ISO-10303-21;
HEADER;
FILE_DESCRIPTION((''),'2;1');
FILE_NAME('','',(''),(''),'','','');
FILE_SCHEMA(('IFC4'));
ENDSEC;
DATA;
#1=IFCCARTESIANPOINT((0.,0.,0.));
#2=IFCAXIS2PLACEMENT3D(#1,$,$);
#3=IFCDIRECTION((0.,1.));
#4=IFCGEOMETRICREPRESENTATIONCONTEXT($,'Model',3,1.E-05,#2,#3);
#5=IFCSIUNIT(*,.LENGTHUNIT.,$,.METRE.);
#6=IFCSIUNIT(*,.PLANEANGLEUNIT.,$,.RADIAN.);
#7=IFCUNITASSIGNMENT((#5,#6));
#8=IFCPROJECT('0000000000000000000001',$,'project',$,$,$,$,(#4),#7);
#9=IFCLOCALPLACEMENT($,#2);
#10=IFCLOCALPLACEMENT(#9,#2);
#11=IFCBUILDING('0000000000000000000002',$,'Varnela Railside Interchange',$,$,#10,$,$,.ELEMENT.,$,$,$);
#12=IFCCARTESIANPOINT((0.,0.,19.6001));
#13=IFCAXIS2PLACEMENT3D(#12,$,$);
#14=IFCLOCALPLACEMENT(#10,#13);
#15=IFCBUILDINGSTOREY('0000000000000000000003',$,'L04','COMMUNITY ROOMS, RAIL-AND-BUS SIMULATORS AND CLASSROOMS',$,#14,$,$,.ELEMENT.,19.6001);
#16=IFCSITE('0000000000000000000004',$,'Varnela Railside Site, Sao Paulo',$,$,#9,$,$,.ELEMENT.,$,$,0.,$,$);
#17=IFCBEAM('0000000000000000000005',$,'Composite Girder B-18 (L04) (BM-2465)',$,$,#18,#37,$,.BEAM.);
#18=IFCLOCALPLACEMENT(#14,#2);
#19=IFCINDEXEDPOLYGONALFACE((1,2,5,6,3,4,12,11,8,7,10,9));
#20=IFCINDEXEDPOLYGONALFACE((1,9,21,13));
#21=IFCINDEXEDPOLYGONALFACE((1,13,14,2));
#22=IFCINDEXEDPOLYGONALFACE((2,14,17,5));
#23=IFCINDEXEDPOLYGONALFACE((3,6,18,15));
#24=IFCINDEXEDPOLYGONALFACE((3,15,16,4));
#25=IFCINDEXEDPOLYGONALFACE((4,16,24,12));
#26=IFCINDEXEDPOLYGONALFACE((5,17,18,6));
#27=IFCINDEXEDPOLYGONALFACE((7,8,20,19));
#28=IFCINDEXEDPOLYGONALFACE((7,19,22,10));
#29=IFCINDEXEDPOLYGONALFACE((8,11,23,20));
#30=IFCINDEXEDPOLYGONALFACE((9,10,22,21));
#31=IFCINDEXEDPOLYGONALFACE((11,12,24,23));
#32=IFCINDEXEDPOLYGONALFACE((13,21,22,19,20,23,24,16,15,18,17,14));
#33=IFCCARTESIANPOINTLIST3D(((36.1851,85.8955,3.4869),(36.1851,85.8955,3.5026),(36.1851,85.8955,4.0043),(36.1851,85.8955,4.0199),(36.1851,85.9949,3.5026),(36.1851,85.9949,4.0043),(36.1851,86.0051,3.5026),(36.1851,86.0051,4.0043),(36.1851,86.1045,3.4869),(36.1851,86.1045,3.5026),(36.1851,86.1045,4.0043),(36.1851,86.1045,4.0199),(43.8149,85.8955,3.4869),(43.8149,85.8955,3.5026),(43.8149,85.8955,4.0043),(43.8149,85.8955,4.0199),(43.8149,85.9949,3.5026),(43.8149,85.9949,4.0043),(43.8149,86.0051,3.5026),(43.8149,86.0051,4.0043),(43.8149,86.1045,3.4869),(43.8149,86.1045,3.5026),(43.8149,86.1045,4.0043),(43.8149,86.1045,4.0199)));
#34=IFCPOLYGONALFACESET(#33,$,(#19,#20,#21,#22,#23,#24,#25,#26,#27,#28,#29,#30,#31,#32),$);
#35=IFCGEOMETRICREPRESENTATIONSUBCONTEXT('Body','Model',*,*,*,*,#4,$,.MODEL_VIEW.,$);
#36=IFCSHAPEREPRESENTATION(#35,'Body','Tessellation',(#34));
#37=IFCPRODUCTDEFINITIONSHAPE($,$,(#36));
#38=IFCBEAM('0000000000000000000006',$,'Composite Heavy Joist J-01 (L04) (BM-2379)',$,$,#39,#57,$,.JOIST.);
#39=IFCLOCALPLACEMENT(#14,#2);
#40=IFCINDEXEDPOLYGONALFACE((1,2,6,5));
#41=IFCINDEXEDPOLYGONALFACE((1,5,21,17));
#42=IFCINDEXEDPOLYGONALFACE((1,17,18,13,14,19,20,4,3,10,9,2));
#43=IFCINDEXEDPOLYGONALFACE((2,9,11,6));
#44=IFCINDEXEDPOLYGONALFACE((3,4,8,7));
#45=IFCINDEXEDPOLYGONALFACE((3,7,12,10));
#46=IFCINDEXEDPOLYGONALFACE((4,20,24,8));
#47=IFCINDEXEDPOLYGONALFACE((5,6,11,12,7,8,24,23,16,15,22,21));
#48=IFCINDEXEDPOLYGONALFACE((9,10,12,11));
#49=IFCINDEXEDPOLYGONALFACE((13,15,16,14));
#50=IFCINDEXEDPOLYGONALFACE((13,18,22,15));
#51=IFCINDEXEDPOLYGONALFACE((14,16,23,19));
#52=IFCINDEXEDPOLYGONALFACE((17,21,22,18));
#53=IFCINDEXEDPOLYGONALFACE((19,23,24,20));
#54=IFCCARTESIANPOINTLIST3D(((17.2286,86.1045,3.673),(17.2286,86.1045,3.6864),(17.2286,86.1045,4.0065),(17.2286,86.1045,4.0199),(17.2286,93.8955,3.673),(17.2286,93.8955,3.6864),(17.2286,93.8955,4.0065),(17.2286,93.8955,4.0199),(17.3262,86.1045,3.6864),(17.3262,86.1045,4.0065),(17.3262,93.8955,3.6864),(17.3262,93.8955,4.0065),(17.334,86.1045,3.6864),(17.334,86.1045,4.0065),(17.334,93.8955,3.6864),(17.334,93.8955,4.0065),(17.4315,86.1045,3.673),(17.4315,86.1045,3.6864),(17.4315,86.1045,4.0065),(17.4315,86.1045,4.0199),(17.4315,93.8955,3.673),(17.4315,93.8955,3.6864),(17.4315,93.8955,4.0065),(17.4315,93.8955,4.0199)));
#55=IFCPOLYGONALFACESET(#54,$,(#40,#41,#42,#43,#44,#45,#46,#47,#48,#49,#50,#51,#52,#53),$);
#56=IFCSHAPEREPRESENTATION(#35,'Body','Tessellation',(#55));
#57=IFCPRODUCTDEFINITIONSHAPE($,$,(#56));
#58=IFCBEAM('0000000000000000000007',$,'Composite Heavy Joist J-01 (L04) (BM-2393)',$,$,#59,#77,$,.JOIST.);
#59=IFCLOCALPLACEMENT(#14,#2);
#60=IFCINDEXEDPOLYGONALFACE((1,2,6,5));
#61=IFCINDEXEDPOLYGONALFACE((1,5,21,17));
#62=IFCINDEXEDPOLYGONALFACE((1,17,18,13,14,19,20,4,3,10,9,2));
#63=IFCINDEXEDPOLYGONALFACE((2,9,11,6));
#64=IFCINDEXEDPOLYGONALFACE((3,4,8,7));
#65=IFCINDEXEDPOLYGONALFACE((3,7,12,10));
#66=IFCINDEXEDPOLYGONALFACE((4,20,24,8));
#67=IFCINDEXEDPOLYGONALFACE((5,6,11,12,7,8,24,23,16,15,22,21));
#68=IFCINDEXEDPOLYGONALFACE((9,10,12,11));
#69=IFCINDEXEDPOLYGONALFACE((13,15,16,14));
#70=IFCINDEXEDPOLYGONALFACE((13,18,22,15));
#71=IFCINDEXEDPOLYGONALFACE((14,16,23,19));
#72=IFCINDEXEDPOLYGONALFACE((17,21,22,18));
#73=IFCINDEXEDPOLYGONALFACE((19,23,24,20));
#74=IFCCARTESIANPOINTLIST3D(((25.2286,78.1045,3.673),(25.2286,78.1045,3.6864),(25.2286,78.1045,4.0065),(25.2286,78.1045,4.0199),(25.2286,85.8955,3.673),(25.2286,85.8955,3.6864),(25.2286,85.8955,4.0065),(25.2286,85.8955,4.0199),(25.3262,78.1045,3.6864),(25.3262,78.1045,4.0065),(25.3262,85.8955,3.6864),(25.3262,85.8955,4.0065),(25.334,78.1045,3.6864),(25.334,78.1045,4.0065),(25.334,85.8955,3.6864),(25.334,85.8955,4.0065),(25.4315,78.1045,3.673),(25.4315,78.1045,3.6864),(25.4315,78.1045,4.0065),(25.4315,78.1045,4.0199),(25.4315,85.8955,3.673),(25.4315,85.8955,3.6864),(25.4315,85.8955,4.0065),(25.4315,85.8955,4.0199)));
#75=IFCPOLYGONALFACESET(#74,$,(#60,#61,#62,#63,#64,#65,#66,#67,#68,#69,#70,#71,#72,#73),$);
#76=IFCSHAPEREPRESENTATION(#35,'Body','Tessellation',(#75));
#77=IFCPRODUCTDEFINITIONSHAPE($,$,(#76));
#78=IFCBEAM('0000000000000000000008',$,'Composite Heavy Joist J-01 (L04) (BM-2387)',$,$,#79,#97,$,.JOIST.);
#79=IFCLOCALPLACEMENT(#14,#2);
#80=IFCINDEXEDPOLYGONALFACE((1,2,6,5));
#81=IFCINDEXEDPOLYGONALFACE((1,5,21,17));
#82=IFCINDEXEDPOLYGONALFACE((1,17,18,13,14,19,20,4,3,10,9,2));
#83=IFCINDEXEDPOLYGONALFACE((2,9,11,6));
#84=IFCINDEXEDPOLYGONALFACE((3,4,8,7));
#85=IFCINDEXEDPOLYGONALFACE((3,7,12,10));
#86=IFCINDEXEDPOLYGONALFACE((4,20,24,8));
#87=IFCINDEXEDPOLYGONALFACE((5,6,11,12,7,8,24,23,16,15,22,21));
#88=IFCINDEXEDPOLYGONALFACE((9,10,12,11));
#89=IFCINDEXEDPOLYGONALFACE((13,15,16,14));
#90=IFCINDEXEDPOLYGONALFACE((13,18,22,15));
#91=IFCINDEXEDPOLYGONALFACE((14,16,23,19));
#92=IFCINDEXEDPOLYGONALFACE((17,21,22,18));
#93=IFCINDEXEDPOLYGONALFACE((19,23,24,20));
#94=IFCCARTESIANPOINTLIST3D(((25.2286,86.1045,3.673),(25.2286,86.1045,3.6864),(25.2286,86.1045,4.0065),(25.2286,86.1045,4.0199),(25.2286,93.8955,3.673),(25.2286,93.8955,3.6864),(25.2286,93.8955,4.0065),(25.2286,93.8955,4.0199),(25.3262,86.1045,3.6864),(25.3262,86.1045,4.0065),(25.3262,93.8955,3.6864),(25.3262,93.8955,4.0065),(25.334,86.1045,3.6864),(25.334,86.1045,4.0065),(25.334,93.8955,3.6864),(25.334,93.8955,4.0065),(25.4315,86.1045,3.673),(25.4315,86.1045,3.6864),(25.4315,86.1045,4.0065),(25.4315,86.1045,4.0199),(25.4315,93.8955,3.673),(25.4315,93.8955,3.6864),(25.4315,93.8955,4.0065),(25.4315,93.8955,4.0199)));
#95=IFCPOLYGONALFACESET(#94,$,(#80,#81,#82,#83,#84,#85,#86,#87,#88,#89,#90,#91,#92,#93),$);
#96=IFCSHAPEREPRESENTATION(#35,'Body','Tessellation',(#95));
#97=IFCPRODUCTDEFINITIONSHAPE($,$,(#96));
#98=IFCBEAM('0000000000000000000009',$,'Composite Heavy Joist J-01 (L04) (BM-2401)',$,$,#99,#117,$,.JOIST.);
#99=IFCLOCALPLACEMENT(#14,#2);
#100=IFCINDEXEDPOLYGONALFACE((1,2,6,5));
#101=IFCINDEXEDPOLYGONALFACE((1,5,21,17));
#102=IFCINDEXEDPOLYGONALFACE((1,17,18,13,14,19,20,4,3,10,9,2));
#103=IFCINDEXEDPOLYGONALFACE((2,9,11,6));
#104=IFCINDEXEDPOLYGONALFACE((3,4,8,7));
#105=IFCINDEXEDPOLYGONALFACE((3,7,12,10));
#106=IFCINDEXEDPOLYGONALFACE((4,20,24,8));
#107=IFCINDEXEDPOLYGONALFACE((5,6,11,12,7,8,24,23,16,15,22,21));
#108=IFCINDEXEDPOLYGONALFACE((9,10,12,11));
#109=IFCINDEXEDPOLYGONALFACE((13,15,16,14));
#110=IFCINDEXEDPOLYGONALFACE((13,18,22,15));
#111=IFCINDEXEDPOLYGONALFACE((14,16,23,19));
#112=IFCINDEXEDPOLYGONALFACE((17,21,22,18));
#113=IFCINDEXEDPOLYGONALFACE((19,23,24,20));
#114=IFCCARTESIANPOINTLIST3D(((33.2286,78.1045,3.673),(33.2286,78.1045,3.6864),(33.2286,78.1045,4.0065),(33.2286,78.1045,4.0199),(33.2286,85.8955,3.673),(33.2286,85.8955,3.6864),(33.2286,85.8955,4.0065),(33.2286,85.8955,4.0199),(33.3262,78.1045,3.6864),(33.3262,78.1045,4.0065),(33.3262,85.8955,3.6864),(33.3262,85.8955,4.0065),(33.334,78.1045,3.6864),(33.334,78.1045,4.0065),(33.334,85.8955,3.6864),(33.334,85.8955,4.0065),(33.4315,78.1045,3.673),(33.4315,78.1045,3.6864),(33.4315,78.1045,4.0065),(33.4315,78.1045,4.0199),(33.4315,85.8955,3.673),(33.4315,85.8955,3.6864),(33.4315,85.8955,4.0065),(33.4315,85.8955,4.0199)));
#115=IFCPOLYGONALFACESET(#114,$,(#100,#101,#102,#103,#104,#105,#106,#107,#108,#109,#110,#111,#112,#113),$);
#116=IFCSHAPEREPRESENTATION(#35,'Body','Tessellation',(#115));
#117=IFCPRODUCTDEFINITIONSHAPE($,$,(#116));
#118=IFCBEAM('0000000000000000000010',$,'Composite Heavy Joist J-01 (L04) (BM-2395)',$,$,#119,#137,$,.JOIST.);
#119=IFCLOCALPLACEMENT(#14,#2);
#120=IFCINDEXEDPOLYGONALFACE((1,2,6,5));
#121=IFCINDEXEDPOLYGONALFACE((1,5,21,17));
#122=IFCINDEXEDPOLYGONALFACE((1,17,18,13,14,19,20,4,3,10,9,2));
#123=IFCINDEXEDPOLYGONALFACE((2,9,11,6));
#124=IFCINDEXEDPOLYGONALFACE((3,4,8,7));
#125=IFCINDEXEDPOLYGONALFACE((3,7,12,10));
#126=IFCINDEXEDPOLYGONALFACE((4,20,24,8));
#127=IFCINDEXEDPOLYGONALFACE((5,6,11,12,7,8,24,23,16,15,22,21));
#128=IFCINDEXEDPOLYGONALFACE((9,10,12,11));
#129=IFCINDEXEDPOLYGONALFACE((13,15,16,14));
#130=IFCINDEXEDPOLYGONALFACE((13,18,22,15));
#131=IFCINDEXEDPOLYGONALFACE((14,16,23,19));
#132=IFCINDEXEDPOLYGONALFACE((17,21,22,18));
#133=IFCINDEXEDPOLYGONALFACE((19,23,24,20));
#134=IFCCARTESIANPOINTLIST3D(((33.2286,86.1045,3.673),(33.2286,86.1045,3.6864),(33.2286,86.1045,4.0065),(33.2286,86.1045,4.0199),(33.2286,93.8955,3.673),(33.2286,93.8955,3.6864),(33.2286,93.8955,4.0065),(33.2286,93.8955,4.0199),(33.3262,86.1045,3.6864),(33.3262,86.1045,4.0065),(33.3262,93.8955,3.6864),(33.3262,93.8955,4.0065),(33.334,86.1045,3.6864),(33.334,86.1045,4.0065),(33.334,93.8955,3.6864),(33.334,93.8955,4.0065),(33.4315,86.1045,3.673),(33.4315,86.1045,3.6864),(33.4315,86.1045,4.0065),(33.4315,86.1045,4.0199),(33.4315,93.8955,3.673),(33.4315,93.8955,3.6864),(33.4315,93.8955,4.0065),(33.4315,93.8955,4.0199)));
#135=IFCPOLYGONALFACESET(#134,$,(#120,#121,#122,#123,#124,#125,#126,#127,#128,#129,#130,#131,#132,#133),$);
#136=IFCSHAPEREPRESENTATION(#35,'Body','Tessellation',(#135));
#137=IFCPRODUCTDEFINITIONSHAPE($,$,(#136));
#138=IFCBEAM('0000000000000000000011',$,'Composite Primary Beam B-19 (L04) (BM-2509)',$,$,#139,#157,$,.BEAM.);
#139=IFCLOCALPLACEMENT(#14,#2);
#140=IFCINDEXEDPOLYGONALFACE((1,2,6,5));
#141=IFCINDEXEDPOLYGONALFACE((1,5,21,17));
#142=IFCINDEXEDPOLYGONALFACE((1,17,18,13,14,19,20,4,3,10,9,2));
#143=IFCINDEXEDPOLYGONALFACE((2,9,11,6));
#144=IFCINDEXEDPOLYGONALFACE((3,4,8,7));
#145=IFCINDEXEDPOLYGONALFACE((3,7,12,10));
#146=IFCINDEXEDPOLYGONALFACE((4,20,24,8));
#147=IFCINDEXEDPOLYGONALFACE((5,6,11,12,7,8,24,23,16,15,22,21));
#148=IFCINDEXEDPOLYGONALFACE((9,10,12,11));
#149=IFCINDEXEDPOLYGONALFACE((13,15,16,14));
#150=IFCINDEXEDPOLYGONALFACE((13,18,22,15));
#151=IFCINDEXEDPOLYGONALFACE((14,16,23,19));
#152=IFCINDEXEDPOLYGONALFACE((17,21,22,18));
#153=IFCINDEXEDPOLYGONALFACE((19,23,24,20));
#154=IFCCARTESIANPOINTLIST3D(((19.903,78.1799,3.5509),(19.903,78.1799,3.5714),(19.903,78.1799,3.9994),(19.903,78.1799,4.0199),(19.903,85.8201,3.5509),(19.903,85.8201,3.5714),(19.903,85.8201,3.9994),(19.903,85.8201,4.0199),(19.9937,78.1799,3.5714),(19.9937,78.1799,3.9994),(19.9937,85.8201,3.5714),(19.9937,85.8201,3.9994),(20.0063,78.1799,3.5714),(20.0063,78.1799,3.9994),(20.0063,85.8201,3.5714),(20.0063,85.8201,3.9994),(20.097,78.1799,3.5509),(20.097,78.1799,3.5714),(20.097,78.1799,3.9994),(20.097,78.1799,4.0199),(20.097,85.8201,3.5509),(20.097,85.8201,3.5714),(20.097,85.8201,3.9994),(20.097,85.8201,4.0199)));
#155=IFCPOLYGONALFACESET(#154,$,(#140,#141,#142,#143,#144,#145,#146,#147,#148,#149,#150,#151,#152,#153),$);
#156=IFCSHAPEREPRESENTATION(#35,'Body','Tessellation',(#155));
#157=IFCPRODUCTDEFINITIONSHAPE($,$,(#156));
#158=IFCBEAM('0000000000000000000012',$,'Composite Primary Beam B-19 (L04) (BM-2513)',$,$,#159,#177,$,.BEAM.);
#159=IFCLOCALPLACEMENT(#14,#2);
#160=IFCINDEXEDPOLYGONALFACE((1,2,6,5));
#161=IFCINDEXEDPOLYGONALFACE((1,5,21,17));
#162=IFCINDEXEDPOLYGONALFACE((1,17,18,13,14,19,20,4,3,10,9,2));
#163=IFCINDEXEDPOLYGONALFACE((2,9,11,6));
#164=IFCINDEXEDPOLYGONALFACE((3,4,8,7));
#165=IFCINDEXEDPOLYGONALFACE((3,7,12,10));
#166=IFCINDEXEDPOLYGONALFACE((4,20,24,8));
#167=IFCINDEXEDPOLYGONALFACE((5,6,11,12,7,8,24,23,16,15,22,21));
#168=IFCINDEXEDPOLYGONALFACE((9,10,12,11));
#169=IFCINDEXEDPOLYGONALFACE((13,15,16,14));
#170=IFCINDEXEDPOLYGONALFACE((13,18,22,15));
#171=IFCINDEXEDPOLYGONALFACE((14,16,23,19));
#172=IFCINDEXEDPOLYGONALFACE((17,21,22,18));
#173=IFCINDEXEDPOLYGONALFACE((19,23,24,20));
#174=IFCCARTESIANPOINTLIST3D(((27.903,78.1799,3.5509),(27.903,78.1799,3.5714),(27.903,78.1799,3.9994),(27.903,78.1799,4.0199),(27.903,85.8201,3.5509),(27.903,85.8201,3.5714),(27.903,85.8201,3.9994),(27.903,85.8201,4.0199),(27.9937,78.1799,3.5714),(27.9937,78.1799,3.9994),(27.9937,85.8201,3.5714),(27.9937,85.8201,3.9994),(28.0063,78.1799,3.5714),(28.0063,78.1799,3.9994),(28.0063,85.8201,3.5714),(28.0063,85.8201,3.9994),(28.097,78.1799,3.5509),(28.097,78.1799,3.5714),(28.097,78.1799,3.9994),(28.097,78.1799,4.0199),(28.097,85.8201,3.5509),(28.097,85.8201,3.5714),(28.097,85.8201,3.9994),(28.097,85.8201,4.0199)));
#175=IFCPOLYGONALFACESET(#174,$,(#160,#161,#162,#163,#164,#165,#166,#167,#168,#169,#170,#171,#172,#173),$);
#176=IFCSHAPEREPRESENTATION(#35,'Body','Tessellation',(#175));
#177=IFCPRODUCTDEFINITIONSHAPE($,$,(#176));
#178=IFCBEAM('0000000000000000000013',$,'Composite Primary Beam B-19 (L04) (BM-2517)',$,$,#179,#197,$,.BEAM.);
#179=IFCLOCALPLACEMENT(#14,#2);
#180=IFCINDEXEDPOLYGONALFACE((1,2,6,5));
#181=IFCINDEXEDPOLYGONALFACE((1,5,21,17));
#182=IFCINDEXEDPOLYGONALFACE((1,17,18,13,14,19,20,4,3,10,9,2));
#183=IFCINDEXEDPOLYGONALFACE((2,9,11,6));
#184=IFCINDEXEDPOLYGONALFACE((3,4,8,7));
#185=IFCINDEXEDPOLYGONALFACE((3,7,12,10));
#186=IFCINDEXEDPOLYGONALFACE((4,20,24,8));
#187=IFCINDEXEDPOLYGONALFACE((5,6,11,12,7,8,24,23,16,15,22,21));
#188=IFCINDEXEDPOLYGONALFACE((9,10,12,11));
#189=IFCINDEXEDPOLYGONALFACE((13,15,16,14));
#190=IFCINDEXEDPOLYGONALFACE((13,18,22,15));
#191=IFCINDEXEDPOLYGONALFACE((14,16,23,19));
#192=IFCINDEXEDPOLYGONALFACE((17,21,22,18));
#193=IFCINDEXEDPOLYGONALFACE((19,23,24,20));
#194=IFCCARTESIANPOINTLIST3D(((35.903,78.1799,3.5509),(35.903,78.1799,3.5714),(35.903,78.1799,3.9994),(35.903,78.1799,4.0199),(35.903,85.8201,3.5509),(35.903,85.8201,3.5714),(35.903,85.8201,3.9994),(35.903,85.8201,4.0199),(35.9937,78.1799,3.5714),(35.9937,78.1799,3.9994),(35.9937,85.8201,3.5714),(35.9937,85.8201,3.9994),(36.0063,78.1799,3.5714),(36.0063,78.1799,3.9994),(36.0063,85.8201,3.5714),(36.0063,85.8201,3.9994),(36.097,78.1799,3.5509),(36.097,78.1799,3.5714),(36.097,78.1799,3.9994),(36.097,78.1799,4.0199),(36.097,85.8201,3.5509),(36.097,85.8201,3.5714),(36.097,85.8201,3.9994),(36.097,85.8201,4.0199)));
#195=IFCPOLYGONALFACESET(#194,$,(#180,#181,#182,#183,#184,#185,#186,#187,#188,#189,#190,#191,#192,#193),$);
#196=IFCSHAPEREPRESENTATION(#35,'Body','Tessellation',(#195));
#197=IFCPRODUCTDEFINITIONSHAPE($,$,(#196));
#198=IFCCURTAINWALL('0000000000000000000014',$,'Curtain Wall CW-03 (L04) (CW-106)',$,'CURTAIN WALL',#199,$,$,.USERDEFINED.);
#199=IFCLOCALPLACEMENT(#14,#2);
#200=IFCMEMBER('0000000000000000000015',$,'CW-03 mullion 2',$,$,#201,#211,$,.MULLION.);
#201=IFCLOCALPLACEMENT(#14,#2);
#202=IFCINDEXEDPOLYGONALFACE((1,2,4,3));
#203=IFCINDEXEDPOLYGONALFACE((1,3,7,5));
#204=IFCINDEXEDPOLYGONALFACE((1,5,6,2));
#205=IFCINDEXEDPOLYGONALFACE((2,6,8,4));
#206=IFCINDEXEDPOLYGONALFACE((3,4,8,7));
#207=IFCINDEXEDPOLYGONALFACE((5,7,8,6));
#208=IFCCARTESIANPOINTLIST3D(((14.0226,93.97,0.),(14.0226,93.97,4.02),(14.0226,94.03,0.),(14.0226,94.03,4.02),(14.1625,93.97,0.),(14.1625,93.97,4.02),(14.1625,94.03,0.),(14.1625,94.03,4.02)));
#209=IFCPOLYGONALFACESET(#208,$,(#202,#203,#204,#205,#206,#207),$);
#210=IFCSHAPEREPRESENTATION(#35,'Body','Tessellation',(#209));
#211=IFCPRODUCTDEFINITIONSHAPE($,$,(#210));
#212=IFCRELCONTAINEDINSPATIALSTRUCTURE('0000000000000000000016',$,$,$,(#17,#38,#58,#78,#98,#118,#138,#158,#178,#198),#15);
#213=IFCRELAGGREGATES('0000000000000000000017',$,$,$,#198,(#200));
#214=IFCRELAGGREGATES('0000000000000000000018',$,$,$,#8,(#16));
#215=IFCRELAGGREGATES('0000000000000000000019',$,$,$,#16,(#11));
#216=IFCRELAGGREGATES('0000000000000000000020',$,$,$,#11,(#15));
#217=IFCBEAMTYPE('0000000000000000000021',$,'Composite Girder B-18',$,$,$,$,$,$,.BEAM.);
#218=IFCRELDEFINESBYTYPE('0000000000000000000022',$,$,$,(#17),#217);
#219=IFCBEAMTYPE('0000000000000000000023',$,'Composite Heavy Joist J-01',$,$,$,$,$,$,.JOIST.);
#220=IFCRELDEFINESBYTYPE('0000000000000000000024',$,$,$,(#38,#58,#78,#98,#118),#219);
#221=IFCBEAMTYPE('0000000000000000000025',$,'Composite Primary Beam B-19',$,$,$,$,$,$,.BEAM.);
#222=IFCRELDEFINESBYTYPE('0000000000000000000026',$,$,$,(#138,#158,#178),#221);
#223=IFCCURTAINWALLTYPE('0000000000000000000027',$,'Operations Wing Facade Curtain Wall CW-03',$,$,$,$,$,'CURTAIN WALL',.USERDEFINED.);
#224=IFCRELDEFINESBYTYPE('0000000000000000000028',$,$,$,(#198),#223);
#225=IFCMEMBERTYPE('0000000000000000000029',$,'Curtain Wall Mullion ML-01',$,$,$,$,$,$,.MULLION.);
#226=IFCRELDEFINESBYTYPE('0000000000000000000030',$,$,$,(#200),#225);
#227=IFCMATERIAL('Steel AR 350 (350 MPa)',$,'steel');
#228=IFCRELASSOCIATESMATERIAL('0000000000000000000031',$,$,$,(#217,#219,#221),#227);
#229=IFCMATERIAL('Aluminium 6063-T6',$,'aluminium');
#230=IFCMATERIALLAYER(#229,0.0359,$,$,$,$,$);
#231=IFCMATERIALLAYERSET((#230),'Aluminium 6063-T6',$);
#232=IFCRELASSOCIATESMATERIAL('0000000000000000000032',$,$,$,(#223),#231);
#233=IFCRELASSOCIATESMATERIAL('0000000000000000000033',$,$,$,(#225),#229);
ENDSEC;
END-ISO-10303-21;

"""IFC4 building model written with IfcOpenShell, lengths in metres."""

from ifc_helpers import new_model, si_unit, direction, frame, origin, origin_2d, place, context, subcontext, project, spatial, rectangle, i_section, extrude, material, layer, layer_set, material_profile, profile_set, type_object, element, aggregate, save


model = new_model("IFC4")

# Units and contexts
model_context = context("Model", 3, precision=1e-05, world=origin(), true_north=direction((0.0, 1.0)))
body_context = subcontext(model_context, "Body", "Model", "MODEL_VIEW")
ifc_project = project(units=[si_unit("LENGTHUNIT", "METRE"), si_unit("PLANEANGLEUNIT", "RADIAN")], contexts=[model_context])

# Site, building, storey
site_placement = place(None, origin())
site = spatial("IfcSite", under=ifc_project, at=site_placement, Name="Varnela Railside Site, Sao Paulo", CompositionType="ELEMENT", RefElevation=0.0)
building_placement = place(site_placement, origin())
building = spatial("IfcBuilding", under=site, at=building_placement, Name="Varnela Railside Interchange", CompositionType="ELEMENT")
storey_placement = place(building_placement, frame((0.0, 0.0, 19.6001)))
storey = spatial("IfcBuildingStorey", under=building, at=storey_placement, Name="L04", Description="COMMUNITY ROOMS, RAIL-AND-BUS SIMULATORS AND CLASSROOMS", CompositionType="ELEMENT", Elevation=19.6001)

# Shared definitions
ifc_material_1 = material(Name="Steel AR 350 (350 MPa)", Category="steel")

# Beams
ifc_material_profile_1 = material_profile(ifc_material_1, i_section(OverallWidth=0.209, OverallDepth=0.533, WebThickness=0.0103, FlangeThickness=0.0156, at=origin_2d()), Name="W530x92")
ifc_profile_set_1 = profile_set([ifc_material_profile_1], Name="Steel AR 350 (350 MPa)")
beam_type_1 = type_object("IfcBeamType", Name="Composite Girder B-18", PredefinedType="BEAM", material=ifc_profile_set_1)
for number, where, z_axis, x_axis, name in (
    (1, (36.1851, 86.0, 3.7534), (1.0, 0.0, 0.0), (0.0, 1.0, 0.0), "Composite Girder B-18 (L04) (BM-2465)"),
):
    element("IfcBeam", number, at=place(storey_placement, frame(where, z_axis=z_axis, x_axis=x_axis)), inside=storey, type_object=beam_type_1, Name=name, PredefinedType="BEAM", context=body_context, shape_type="SweptSolid", body=[
        extrude(i_section(OverallWidth=0.209, OverallDepth=0.533, WebThickness=0.0103, FlangeThickness=0.0156, at=origin_2d()), origin(), (0.0, 0.0, 1.0), 7.6299),
    ])
ifc_material_profile_2 = material_profile(ifc_material_1, i_section(OverallWidth=0.2029, OverallDepth=0.3469, WebThickness=0.0078, FlangeThickness=0.0134, at=origin_2d()), Name="W360x64")
ifc_profile_set_2 = profile_set([ifc_material_profile_2], Name="Steel AR 350 (350 MPa)")
beam_type_2 = type_object("IfcBeamType", Name="Composite Heavy Joist J-01", PredefinedType="JOIST", material=ifc_profile_set_2)
for number, where, z_axis, x_axis, name in (
    (2, (17.3301, 86.1045, 3.8464), (0.0, 1.0, 0.0), (-1.0, 0.0, 0.0), "Composite Heavy Joist J-01 (L04) (BM-2379)"),
    (3, (25.3301, 78.1045, 3.8464), (0.0, 1.0, 0.0), (-1.0, 0.0, 0.0), "Composite Heavy Joist J-01 (L04) (BM-2393)"),
    (4, (25.3301, 86.1045, 3.8464), (0.0, 1.0, 0.0), (-1.0, 0.0, 0.0), "Composite Heavy Joist J-01 (L04) (BM-2387)"),
    (5, (33.3301, 78.1045, 3.8464), (0.0, 1.0, 0.0), (-1.0, 0.0, 0.0), "Composite Heavy Joist J-01 (L04) (BM-2401)"),
    (6, (33.3301, 86.1045, 3.8464), (0.0, 1.0, 0.0), (-1.0, 0.0, 0.0), "Composite Heavy Joist J-01 (L04) (BM-2395)"),
):
    element("IfcBeam", number, at=place(storey_placement, frame(where, z_axis=z_axis, x_axis=x_axis)), inside=storey, type_object=beam_type_2, Name=name, PredefinedType="JOIST", context=body_context, shape_type="SweptSolid", body=[
        extrude(i_section(OverallWidth=0.2029, OverallDepth=0.3469, WebThickness=0.0078, FlangeThickness=0.0134, at=origin_2d()), origin(), (0.0, 0.0, 1.0), 7.791),
    ])
ifc_material_profile_3 = material_profile(ifc_material_1, i_section(OverallWidth=0.1941, OverallDepth=0.469, WebThickness=0.0127, FlangeThickness=0.0205, at=origin_2d()), Name="W460x106")
ifc_profile_set_3 = profile_set([ifc_material_profile_3], Name="Steel AR 350 (350 MPa)")
beam_type_3 = type_object("IfcBeamType", Name="Composite Primary Beam B-19", PredefinedType="BEAM", material=ifc_profile_set_3)
for number, where, z_axis, x_axis, name in (
    (7, (20.0, 78.1799, 3.7854), (0.0, 1.0, 0.0), (-1.0, 0.0, 0.0), "Composite Primary Beam B-19 (L04) (BM-2509)"),
    (8, (28.0, 78.1799, 3.7854), (0.0, 1.0, 0.0), (-1.0, 0.0, 0.0), "Composite Primary Beam B-19 (L04) (BM-2513)"),
    (9, (36.0, 78.1799, 3.7854), (0.0, 1.0, 0.0), (-1.0, 0.0, 0.0), "Composite Primary Beam B-19 (L04) (BM-2517)"),
):
    element("IfcBeam", number, at=place(storey_placement, frame(where, z_axis=z_axis, x_axis=x_axis)), inside=storey, type_object=beam_type_3, Name=name, PredefinedType="BEAM", context=body_context, shape_type="SweptSolid", body=[
        extrude(i_section(OverallWidth=0.1941, OverallDepth=0.469, WebThickness=0.0127, FlangeThickness=0.0205, at=origin_2d()), origin(), (0.0, 0.0, 1.0), 7.6401),
    ])

# Curtain wall, member
ifc_material_2 = material(Name="Aluminium 6063-T6", Category="aluminium")
ifc_layer_1 = layer(ifc_material_2, 0.0359)
ifc_layer_set_1 = layer_set([ifc_layer_1], Name="Aluminium 6063-T6")
curtain_wall_type = type_object("IfcCurtainWallType", Name="Operations Wing Facade Curtain Wall CW-03", ElementType="CURTAIN WALL", PredefinedType="USERDEFINED", material=ifc_layer_set_1)
curtain_wall_placement = place(storey_placement, origin())
curtain_wall = element("IfcCurtainWall", 10, at=curtain_wall_placement, inside=storey, type_object=curtain_wall_type, Name="Curtain Wall CW-03 (L04) (CW-106)", ObjectType="CURTAIN WALL", PredefinedType="USERDEFINED")
ifc_material_profile_4 = material_profile(ifc_material_2, rectangle(XDim=0.0601, YDim=0.1399, at=origin_2d()), Name="ALU 60x140")
ifc_profile_set_4 = profile_set([ifc_material_profile_4], Name="Aluminium 6063-T6")
member_type_1 = type_object("IfcMemberType", Name="Curtain Wall Mullion ML-01", PredefinedType="MULLION", material=ifc_profile_set_4)
member_1_placement = place(storey_placement, frame((14.0925, 94.0, 0.0), z_axis=(0.0, 0.0, 1.0), x_axis=(0.0, 1.0, 0.0)))
member_1 = element("IfcMember", 11, at=member_1_placement, type_object=member_type_1, Name="CW-03 mullion 2", PredefinedType="MULLION", context=body_context, shape_type="SweptSolid", body=[
    extrude(rectangle(XDim=0.0601, YDim=0.1399, at=origin_2d()), origin(), (0.0, 0.0, 1.0), 4.02),
])

aggregate(curtain_wall, [member_1])

save(model, "model.ifc")
